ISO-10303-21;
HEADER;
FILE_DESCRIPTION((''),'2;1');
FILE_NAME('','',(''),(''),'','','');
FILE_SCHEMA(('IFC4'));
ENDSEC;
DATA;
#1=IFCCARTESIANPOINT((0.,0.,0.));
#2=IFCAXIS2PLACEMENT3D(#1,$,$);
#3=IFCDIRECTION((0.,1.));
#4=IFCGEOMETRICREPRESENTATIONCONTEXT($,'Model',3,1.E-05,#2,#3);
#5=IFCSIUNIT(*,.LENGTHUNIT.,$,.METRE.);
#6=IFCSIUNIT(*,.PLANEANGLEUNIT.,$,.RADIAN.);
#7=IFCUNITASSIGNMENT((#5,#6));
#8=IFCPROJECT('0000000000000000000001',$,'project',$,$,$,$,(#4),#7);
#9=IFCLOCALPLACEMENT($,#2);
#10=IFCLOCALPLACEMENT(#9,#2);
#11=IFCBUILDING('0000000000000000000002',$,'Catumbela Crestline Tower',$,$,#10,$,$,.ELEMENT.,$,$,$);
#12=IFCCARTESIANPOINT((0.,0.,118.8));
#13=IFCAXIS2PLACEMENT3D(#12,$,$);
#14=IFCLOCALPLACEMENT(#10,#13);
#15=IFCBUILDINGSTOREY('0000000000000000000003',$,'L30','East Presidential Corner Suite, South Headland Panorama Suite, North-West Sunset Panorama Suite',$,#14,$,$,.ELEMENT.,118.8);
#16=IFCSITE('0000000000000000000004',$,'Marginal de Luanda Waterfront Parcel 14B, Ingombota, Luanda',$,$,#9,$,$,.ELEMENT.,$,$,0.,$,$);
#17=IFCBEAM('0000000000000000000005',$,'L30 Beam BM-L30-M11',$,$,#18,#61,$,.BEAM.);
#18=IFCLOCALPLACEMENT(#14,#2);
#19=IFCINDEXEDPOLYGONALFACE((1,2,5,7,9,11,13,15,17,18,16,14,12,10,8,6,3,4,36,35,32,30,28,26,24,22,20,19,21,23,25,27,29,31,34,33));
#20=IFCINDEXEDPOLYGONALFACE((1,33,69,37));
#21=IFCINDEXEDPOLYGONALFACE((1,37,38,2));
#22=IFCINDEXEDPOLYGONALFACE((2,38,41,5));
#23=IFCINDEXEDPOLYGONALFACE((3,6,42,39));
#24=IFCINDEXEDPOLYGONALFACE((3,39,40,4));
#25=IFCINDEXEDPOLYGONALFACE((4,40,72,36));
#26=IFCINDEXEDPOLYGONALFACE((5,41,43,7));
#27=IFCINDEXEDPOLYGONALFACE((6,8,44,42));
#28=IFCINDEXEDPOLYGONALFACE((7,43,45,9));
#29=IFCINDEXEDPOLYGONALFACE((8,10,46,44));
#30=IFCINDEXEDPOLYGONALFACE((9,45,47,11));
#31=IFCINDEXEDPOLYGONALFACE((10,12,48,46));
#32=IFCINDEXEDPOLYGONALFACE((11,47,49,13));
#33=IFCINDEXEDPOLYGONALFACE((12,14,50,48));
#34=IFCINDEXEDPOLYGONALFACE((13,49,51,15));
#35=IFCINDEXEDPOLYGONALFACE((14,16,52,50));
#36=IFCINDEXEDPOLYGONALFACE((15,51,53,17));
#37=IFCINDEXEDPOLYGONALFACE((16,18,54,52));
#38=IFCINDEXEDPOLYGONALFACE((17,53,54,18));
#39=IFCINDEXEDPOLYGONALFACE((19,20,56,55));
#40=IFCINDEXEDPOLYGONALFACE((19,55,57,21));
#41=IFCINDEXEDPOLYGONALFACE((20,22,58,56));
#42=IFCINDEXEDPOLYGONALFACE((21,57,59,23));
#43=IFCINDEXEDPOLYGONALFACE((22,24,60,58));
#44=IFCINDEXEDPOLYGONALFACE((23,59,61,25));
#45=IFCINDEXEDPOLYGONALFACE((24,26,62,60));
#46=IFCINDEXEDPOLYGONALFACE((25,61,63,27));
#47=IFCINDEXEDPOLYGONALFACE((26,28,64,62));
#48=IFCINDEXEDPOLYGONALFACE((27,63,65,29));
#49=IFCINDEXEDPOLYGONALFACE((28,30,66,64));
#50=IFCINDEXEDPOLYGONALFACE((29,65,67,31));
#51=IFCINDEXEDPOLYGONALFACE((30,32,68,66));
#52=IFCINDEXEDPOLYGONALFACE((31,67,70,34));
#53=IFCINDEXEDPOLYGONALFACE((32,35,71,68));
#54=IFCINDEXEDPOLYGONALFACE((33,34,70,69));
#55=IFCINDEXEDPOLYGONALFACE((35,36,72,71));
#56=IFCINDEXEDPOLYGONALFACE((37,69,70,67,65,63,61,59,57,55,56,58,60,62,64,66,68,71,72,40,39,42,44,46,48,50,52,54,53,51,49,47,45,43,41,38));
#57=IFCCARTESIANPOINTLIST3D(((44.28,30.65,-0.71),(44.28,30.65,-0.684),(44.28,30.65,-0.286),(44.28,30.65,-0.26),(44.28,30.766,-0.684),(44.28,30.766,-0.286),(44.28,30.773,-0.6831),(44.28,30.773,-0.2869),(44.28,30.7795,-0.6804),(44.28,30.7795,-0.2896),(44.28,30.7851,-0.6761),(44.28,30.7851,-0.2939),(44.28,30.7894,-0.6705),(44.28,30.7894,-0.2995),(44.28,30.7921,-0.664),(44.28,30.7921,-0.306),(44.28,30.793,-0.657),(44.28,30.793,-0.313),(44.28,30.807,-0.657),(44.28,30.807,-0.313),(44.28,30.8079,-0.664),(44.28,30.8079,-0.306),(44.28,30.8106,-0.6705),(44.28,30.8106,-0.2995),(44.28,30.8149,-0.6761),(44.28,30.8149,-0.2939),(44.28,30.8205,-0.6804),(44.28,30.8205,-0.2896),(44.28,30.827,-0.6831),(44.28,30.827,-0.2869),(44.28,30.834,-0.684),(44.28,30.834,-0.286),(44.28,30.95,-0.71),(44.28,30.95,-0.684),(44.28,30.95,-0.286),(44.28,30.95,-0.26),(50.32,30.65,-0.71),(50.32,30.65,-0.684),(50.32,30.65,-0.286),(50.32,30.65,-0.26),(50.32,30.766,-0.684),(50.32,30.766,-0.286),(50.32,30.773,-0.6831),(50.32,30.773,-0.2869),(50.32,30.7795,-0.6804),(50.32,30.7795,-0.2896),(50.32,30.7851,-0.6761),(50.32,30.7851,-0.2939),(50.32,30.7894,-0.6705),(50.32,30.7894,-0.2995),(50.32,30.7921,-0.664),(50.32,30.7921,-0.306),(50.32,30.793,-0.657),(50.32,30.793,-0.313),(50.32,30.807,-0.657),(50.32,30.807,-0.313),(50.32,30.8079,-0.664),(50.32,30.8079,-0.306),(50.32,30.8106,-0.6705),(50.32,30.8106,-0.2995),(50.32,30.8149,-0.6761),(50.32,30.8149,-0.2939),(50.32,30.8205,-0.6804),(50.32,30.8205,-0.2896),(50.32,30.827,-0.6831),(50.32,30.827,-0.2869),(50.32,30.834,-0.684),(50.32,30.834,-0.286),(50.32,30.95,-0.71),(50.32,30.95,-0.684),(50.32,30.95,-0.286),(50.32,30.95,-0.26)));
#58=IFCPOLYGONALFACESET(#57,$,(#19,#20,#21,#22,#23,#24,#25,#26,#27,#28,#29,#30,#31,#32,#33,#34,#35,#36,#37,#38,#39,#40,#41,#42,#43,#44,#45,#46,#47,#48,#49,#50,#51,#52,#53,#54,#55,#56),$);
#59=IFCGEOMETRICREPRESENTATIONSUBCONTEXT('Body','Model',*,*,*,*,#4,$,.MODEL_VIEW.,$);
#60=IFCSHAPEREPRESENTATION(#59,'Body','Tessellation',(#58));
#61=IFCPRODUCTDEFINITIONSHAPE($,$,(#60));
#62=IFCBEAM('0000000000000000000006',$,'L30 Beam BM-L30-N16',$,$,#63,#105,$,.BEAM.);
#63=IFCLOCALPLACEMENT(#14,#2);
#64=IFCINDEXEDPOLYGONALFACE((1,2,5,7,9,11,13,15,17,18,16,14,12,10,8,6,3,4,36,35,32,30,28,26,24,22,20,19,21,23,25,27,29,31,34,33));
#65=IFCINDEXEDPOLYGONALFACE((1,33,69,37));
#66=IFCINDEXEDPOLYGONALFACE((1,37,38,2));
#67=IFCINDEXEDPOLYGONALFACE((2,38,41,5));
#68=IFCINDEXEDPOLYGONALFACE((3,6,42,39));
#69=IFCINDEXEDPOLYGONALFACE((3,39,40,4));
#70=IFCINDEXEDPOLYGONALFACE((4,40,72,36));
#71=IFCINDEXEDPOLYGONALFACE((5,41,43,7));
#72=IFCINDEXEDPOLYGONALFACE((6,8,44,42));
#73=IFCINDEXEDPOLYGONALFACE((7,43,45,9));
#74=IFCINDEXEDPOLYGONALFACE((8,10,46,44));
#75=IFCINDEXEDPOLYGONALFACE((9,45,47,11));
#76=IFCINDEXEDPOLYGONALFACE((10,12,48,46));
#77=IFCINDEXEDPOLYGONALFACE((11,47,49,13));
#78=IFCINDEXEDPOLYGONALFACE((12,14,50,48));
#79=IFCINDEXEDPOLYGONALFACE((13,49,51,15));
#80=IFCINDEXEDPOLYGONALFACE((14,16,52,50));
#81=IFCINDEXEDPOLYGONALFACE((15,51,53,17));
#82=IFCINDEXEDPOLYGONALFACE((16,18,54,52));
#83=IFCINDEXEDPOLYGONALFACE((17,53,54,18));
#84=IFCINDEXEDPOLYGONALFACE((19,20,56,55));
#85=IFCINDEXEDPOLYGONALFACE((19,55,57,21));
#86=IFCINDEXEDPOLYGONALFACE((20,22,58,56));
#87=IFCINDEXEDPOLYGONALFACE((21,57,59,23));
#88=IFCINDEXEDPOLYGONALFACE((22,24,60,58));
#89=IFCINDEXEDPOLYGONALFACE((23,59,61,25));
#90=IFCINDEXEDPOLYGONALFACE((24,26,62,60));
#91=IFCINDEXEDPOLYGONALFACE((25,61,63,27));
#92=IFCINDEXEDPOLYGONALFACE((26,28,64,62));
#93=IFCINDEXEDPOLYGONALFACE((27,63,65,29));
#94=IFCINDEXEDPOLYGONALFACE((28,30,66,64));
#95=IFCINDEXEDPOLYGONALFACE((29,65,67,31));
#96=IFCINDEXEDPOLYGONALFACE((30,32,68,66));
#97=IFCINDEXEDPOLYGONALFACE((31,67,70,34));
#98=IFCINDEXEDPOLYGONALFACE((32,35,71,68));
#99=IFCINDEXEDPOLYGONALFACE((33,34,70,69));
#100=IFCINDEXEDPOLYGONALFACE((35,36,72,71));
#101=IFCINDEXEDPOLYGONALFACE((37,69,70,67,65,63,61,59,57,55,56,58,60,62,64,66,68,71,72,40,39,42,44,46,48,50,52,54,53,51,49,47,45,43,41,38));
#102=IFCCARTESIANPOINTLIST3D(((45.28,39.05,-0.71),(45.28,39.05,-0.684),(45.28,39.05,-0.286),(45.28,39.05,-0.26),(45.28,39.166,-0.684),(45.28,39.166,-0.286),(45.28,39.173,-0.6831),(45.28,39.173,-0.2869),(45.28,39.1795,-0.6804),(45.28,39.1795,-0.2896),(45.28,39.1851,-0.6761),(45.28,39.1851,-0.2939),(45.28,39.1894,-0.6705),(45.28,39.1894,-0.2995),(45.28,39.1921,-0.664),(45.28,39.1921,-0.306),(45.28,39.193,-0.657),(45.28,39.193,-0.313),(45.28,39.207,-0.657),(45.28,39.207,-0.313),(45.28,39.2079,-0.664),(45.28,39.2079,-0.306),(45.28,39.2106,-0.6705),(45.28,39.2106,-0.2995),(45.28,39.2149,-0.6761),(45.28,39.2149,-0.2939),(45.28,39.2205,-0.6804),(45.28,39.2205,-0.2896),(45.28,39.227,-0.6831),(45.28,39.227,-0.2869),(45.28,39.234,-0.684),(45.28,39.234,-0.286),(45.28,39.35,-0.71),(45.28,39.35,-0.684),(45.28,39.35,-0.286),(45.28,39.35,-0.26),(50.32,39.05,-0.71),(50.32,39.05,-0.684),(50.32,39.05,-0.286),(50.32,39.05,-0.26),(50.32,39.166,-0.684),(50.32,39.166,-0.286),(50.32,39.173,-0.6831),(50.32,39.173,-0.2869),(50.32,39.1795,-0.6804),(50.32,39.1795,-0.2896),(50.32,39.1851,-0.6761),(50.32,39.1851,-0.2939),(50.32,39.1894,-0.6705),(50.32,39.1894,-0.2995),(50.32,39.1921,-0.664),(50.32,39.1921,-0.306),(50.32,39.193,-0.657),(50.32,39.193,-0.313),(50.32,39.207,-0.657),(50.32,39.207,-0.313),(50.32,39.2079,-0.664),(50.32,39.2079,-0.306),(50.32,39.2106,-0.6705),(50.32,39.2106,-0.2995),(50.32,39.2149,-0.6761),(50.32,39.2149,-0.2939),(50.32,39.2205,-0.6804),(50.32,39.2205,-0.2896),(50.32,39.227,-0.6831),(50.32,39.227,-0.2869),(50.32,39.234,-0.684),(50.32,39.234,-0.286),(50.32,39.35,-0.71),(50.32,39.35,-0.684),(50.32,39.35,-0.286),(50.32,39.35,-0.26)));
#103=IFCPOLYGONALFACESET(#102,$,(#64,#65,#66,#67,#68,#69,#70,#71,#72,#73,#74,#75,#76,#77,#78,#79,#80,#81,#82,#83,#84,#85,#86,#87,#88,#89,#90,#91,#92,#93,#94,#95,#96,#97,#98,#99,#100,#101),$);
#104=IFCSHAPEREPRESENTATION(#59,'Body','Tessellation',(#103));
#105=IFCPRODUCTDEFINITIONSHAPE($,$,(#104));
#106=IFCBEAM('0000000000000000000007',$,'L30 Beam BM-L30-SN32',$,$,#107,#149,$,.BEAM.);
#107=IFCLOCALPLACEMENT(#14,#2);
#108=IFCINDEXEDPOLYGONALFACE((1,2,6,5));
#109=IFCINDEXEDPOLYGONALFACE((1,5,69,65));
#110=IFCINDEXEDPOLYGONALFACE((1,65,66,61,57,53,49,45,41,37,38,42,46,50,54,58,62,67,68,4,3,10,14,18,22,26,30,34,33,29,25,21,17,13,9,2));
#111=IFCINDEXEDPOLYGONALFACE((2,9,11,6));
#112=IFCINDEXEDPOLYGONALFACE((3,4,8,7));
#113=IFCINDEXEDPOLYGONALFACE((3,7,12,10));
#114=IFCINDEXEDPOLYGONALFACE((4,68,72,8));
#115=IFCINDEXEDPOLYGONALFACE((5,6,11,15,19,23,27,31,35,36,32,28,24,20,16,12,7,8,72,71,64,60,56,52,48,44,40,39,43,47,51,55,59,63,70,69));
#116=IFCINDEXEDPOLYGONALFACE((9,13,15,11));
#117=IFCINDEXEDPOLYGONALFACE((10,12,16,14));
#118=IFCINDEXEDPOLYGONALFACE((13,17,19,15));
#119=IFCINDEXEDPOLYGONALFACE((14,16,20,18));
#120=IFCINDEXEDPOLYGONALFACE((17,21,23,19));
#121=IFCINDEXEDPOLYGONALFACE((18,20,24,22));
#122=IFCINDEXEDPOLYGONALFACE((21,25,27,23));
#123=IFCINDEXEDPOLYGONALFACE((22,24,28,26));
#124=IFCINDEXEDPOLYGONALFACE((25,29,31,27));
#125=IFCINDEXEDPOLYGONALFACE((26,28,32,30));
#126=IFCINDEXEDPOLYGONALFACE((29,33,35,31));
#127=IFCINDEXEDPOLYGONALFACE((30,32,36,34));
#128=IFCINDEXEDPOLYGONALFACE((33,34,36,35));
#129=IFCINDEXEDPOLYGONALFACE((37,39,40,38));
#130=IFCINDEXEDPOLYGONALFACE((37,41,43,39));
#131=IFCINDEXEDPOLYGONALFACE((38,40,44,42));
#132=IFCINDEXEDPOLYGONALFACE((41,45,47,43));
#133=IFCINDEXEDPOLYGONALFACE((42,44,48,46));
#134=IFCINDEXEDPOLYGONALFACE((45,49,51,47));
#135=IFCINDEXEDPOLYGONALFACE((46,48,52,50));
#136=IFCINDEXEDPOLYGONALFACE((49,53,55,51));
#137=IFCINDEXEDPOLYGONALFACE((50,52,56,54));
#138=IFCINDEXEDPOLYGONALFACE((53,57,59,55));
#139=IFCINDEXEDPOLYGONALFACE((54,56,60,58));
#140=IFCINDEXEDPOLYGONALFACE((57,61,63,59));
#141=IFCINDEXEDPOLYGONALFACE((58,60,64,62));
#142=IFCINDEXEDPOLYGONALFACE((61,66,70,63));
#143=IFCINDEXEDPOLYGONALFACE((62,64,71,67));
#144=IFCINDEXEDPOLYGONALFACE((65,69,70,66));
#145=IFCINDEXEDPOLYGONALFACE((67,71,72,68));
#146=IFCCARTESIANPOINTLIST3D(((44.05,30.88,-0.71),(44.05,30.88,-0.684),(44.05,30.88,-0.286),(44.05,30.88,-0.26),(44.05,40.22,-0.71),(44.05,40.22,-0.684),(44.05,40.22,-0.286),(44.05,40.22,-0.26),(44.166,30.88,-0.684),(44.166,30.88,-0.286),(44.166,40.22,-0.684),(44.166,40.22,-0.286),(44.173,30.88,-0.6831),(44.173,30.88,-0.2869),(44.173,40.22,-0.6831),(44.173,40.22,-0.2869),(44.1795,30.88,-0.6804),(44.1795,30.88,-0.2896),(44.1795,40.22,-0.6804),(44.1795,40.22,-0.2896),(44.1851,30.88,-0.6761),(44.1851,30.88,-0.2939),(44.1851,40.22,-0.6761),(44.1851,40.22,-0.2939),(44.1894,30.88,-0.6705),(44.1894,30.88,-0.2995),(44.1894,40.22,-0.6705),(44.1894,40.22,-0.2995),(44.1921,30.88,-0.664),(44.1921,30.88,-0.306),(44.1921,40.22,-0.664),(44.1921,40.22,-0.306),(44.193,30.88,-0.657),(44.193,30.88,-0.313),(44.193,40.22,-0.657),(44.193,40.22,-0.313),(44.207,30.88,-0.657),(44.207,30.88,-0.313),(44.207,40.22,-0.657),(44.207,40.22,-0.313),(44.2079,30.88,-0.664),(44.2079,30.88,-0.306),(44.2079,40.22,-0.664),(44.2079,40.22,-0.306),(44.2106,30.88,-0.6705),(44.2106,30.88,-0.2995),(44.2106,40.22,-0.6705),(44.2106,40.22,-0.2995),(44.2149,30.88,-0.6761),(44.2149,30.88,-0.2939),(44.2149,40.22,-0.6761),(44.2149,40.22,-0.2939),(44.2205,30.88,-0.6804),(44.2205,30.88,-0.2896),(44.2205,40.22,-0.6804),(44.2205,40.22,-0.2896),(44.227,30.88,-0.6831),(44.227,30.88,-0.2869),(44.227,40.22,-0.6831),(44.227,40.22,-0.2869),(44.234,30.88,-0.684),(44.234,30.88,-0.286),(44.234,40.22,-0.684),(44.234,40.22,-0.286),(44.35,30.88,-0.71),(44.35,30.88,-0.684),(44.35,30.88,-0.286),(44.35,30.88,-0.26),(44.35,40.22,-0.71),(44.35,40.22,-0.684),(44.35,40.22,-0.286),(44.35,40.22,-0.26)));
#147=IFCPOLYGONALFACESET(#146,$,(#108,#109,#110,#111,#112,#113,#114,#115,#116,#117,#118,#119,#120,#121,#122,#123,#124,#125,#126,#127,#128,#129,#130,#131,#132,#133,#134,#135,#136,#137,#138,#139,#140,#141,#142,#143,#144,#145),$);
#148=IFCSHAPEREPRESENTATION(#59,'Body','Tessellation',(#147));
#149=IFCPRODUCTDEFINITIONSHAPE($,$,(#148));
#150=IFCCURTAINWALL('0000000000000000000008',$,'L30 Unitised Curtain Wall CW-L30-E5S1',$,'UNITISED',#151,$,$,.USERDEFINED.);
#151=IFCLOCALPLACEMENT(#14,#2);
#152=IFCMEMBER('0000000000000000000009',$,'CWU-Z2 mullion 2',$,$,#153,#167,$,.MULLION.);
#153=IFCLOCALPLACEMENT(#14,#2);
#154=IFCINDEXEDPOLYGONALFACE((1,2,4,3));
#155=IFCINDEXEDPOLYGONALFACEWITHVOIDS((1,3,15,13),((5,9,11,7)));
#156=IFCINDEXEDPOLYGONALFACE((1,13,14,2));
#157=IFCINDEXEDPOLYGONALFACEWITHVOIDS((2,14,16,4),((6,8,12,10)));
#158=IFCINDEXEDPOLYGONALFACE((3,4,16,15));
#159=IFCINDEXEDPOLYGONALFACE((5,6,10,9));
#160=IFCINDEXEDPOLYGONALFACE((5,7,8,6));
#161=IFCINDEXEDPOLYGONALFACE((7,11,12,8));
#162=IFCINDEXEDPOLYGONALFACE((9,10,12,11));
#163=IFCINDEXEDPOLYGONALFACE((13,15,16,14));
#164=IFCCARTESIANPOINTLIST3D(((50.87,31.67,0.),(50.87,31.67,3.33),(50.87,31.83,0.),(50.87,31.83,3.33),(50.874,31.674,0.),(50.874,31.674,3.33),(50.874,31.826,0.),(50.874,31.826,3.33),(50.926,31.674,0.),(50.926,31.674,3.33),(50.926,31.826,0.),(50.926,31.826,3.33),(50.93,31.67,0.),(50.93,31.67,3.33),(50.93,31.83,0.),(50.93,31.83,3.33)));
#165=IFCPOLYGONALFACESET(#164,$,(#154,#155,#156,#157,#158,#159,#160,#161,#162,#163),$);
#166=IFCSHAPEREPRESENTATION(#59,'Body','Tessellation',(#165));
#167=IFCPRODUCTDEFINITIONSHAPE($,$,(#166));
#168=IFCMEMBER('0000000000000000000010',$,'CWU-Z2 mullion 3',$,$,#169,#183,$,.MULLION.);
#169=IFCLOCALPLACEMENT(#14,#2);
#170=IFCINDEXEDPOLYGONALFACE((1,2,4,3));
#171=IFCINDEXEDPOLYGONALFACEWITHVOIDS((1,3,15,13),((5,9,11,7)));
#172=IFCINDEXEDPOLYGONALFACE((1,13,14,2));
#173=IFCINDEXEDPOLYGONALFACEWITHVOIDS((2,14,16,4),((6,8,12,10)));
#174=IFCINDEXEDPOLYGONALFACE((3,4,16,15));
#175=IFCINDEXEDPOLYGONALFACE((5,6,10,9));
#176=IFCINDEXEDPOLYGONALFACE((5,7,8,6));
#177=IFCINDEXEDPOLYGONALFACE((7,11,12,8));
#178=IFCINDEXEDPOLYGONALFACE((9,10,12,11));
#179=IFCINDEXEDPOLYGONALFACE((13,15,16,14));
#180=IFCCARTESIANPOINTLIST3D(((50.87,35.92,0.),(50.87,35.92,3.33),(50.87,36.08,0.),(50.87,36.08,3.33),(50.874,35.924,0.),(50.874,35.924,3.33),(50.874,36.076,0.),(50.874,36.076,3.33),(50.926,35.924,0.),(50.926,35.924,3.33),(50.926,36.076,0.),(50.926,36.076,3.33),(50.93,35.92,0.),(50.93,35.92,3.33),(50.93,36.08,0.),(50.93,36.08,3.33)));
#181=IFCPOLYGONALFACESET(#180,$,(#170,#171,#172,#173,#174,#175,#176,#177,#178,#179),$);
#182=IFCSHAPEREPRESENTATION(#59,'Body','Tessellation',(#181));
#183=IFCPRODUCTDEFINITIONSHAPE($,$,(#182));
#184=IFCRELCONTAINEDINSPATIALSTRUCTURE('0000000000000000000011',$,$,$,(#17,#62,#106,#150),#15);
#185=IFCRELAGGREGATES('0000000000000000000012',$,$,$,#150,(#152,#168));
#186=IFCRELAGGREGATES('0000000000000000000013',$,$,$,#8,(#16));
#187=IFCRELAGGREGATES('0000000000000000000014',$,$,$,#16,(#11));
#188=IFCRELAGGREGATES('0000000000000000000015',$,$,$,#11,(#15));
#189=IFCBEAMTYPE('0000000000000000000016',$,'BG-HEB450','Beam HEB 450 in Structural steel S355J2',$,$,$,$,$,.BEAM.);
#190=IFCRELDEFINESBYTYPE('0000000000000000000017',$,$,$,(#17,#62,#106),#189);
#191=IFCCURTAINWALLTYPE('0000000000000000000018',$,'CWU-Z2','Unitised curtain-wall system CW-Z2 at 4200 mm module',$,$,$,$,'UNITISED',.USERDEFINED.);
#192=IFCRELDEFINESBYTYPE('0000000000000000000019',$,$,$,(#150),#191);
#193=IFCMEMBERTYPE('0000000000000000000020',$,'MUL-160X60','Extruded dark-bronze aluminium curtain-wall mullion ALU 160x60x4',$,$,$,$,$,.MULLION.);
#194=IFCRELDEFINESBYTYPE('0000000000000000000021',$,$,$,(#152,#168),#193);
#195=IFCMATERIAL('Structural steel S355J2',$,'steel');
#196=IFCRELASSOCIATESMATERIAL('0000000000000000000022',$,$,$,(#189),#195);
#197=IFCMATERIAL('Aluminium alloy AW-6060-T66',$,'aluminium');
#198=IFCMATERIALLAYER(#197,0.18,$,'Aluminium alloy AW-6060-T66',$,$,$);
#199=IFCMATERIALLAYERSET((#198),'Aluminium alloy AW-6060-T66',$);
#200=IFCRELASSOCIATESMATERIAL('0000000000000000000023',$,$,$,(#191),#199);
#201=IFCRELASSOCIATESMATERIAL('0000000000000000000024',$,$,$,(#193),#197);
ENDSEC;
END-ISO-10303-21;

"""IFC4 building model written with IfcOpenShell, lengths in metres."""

from ifc_helpers import new_model, si_unit, direction, frame, origin, origin_2d, place, context, subcontext, project, spatial, hollow_rectangle, i_section, extrude, material, layer, layer_set, material_profile, profile_set, type_object, element, aggregate, save


model = new_model("IFC4")

# Units and contexts
model_context = context("Model", 3, precision=1e-05, world=origin(), true_north=direction((0.0, 1.0)))
body_context = subcontext(model_context, "Body", "Model", "MODEL_VIEW")
ifc_project = project(units=[si_unit("LENGTHUNIT", "METRE"), si_unit("PLANEANGLEUNIT", "RADIAN")], contexts=[model_context])

# Site, building, storey
site_placement = place(None, origin())
site = spatial("IfcSite", under=ifc_project, at=site_placement, Name="Marginal de Luanda Waterfront Parcel 14B, Ingombota, Luanda", CompositionType="ELEMENT", RefElevation=0.0)
building_placement = place(site_placement, origin())
building = spatial("IfcBuilding", under=site, at=building_placement, Name="Catumbela Crestline Tower", CompositionType="ELEMENT")
storey_placement = place(building_placement, frame((0.0, 0.0, 118.8)))
storey = spatial("IfcBuildingStorey", under=building, at=storey_placement, Name="L30", Description="East Presidential Corner Suite, South Headland Panorama Suite, North-West Sunset Panorama Suite", CompositionType="ELEMENT", Elevation=118.8)

# Beams
ifc_material_1 = material(Name="Structural steel S355J2", Category="steel")
ifc_material_profile_1 = material_profile(ifc_material_1, i_section(OverallWidth=0.3, OverallDepth=0.45, WebThickness=0.014, FlangeThickness=0.026, FilletRadius=0.027, at=origin_2d()), Name="HEB 450")
ifc_profile_set_1 = profile_set([ifc_material_profile_1], Name="Structural steel S355J2")
beam_type_1 = type_object("IfcBeamType", Name="BG-HEB450", Description="Beam HEB 450 in Structural steel S355J2", PredefinedType="BEAM", material=ifc_profile_set_1)
beam_1_placement = place(storey_placement, frame((44.28, 30.8, -0.485), z_axis=(1.0, 0.0, 0.0), x_axis=(0.0, 1.0, 0.0)))
element("IfcBeam", 1, at=beam_1_placement, inside=storey, type_object=beam_type_1, Name="L30 Beam BM-L30-M11", PredefinedType="BEAM", context=body_context, shape_type="SweptSolid", body=[
    extrude(i_section(OverallWidth=0.3, OverallDepth=0.45, WebThickness=0.014, FlangeThickness=0.026, FilletRadius=0.027, at=origin_2d()), origin(), (0.0, 0.0, 1.0), 6.04),
])
beam_2_placement = place(storey_placement, frame((45.28, 39.2, -0.485), z_axis=(1.0, 0.0, 0.0), x_axis=(0.0, 1.0, 0.0)))
element("IfcBeam", 2, at=beam_2_placement, inside=storey, type_object=beam_type_1, Name="L30 Beam BM-L30-N16", PredefinedType="BEAM", context=body_context, shape_type="SweptSolid", body=[
    extrude(i_section(OverallWidth=0.3, OverallDepth=0.45, WebThickness=0.014, FlangeThickness=0.026, FilletRadius=0.027, at=origin_2d()), origin(), (0.0, 0.0, 1.0), 5.04),
])
beam_3_placement = place(storey_placement, frame((44.2, 30.88, -0.485), z_axis=(0.0, 1.0, 0.0), x_axis=(-1.0, 0.0, 0.0)))
element("IfcBeam", 3, at=beam_3_placement, inside=storey, type_object=beam_type_1, Name="L30 Beam BM-L30-SN32", PredefinedType="BEAM", context=body_context, shape_type="SweptSolid", body=[
    extrude(i_section(OverallWidth=0.3, OverallDepth=0.45, WebThickness=0.014, FlangeThickness=0.026, FilletRadius=0.027, at=origin_2d()), origin(), (0.0, 0.0, 1.0), 9.34),
])

# Curtain wall, members
ifc_material_2 = material(Name="Aluminium alloy AW-6060-T66", Category="aluminium")
ifc_layer_1 = layer(ifc_material_2, 0.18, Name="Aluminium alloy AW-6060-T66")
ifc_layer_set_1 = layer_set([ifc_layer_1], Name="Aluminium alloy AW-6060-T66")
curtain_wall_type = type_object("IfcCurtainWallType", Name="CWU-Z2", Description="Unitised curtain-wall system CW-Z2 at 4200 mm module", ElementType="UNITISED", PredefinedType="USERDEFINED", material=ifc_layer_set_1)
curtain_wall_placement = place(storey_placement, origin())
curtain_wall = element("IfcCurtainWall", 4, at=curtain_wall_placement, inside=storey, type_object=curtain_wall_type, Name="L30 Unitised Curtain Wall CW-L30-E5S1", ObjectType="UNITISED", PredefinedType="USERDEFINED")
ifc_material_profile_2 = material_profile(ifc_material_2, hollow_rectangle(XDim=0.06, YDim=0.16, WallThickness=0.004, at=origin_2d()), Name="ALU 160x60x4")
ifc_profile_set_2 = profile_set([ifc_material_profile_2], Name="Aluminium alloy AW-6060-T66")
member_type_1 = type_object("IfcMemberType", Name="MUL-160X60", Description="Extruded dark-bronze aluminium curtain-wall mullion ALU 160x60x4", PredefinedType="MULLION", material=ifc_profile_set_2)
member_1_placement = place(storey_placement, frame((50.9, 31.75, 0.0), z_axis=(0.0, 0.0, 1.0), x_axis=(-1.0, 0.0, 0.0)))
member_1 = element("IfcMember", 5, at=member_1_placement, type_object=member_type_1, Name="CWU-Z2 mullion 2", PredefinedType="MULLION", context=body_context, shape_type="SweptSolid", body=[
    extrude(hollow_rectangle(XDim=0.06, YDim=0.16, WallThickness=0.004, at=origin_2d()), origin(), (0.0, 0.0, 1.0), 3.33),
])
member_2_placement = place(storey_placement, frame((50.9, 36.0, 0.0), z_axis=(0.0, 0.0, 1.0), x_axis=(-1.0, 0.0, 0.0)))
member_2 = element("IfcMember", 6, at=member_2_placement, type_object=member_type_1, Name="CWU-Z2 mullion 3", PredefinedType="MULLION", context=body_context, shape_type="SweptSolid", body=[
    extrude(hollow_rectangle(XDim=0.06, YDim=0.16, WallThickness=0.004, at=origin_2d()), origin(), (0.0, 0.0, 1.0), 3.33),
])

aggregate(curtain_wall, [member_1, member_2])

save(model, "model.ifc")
